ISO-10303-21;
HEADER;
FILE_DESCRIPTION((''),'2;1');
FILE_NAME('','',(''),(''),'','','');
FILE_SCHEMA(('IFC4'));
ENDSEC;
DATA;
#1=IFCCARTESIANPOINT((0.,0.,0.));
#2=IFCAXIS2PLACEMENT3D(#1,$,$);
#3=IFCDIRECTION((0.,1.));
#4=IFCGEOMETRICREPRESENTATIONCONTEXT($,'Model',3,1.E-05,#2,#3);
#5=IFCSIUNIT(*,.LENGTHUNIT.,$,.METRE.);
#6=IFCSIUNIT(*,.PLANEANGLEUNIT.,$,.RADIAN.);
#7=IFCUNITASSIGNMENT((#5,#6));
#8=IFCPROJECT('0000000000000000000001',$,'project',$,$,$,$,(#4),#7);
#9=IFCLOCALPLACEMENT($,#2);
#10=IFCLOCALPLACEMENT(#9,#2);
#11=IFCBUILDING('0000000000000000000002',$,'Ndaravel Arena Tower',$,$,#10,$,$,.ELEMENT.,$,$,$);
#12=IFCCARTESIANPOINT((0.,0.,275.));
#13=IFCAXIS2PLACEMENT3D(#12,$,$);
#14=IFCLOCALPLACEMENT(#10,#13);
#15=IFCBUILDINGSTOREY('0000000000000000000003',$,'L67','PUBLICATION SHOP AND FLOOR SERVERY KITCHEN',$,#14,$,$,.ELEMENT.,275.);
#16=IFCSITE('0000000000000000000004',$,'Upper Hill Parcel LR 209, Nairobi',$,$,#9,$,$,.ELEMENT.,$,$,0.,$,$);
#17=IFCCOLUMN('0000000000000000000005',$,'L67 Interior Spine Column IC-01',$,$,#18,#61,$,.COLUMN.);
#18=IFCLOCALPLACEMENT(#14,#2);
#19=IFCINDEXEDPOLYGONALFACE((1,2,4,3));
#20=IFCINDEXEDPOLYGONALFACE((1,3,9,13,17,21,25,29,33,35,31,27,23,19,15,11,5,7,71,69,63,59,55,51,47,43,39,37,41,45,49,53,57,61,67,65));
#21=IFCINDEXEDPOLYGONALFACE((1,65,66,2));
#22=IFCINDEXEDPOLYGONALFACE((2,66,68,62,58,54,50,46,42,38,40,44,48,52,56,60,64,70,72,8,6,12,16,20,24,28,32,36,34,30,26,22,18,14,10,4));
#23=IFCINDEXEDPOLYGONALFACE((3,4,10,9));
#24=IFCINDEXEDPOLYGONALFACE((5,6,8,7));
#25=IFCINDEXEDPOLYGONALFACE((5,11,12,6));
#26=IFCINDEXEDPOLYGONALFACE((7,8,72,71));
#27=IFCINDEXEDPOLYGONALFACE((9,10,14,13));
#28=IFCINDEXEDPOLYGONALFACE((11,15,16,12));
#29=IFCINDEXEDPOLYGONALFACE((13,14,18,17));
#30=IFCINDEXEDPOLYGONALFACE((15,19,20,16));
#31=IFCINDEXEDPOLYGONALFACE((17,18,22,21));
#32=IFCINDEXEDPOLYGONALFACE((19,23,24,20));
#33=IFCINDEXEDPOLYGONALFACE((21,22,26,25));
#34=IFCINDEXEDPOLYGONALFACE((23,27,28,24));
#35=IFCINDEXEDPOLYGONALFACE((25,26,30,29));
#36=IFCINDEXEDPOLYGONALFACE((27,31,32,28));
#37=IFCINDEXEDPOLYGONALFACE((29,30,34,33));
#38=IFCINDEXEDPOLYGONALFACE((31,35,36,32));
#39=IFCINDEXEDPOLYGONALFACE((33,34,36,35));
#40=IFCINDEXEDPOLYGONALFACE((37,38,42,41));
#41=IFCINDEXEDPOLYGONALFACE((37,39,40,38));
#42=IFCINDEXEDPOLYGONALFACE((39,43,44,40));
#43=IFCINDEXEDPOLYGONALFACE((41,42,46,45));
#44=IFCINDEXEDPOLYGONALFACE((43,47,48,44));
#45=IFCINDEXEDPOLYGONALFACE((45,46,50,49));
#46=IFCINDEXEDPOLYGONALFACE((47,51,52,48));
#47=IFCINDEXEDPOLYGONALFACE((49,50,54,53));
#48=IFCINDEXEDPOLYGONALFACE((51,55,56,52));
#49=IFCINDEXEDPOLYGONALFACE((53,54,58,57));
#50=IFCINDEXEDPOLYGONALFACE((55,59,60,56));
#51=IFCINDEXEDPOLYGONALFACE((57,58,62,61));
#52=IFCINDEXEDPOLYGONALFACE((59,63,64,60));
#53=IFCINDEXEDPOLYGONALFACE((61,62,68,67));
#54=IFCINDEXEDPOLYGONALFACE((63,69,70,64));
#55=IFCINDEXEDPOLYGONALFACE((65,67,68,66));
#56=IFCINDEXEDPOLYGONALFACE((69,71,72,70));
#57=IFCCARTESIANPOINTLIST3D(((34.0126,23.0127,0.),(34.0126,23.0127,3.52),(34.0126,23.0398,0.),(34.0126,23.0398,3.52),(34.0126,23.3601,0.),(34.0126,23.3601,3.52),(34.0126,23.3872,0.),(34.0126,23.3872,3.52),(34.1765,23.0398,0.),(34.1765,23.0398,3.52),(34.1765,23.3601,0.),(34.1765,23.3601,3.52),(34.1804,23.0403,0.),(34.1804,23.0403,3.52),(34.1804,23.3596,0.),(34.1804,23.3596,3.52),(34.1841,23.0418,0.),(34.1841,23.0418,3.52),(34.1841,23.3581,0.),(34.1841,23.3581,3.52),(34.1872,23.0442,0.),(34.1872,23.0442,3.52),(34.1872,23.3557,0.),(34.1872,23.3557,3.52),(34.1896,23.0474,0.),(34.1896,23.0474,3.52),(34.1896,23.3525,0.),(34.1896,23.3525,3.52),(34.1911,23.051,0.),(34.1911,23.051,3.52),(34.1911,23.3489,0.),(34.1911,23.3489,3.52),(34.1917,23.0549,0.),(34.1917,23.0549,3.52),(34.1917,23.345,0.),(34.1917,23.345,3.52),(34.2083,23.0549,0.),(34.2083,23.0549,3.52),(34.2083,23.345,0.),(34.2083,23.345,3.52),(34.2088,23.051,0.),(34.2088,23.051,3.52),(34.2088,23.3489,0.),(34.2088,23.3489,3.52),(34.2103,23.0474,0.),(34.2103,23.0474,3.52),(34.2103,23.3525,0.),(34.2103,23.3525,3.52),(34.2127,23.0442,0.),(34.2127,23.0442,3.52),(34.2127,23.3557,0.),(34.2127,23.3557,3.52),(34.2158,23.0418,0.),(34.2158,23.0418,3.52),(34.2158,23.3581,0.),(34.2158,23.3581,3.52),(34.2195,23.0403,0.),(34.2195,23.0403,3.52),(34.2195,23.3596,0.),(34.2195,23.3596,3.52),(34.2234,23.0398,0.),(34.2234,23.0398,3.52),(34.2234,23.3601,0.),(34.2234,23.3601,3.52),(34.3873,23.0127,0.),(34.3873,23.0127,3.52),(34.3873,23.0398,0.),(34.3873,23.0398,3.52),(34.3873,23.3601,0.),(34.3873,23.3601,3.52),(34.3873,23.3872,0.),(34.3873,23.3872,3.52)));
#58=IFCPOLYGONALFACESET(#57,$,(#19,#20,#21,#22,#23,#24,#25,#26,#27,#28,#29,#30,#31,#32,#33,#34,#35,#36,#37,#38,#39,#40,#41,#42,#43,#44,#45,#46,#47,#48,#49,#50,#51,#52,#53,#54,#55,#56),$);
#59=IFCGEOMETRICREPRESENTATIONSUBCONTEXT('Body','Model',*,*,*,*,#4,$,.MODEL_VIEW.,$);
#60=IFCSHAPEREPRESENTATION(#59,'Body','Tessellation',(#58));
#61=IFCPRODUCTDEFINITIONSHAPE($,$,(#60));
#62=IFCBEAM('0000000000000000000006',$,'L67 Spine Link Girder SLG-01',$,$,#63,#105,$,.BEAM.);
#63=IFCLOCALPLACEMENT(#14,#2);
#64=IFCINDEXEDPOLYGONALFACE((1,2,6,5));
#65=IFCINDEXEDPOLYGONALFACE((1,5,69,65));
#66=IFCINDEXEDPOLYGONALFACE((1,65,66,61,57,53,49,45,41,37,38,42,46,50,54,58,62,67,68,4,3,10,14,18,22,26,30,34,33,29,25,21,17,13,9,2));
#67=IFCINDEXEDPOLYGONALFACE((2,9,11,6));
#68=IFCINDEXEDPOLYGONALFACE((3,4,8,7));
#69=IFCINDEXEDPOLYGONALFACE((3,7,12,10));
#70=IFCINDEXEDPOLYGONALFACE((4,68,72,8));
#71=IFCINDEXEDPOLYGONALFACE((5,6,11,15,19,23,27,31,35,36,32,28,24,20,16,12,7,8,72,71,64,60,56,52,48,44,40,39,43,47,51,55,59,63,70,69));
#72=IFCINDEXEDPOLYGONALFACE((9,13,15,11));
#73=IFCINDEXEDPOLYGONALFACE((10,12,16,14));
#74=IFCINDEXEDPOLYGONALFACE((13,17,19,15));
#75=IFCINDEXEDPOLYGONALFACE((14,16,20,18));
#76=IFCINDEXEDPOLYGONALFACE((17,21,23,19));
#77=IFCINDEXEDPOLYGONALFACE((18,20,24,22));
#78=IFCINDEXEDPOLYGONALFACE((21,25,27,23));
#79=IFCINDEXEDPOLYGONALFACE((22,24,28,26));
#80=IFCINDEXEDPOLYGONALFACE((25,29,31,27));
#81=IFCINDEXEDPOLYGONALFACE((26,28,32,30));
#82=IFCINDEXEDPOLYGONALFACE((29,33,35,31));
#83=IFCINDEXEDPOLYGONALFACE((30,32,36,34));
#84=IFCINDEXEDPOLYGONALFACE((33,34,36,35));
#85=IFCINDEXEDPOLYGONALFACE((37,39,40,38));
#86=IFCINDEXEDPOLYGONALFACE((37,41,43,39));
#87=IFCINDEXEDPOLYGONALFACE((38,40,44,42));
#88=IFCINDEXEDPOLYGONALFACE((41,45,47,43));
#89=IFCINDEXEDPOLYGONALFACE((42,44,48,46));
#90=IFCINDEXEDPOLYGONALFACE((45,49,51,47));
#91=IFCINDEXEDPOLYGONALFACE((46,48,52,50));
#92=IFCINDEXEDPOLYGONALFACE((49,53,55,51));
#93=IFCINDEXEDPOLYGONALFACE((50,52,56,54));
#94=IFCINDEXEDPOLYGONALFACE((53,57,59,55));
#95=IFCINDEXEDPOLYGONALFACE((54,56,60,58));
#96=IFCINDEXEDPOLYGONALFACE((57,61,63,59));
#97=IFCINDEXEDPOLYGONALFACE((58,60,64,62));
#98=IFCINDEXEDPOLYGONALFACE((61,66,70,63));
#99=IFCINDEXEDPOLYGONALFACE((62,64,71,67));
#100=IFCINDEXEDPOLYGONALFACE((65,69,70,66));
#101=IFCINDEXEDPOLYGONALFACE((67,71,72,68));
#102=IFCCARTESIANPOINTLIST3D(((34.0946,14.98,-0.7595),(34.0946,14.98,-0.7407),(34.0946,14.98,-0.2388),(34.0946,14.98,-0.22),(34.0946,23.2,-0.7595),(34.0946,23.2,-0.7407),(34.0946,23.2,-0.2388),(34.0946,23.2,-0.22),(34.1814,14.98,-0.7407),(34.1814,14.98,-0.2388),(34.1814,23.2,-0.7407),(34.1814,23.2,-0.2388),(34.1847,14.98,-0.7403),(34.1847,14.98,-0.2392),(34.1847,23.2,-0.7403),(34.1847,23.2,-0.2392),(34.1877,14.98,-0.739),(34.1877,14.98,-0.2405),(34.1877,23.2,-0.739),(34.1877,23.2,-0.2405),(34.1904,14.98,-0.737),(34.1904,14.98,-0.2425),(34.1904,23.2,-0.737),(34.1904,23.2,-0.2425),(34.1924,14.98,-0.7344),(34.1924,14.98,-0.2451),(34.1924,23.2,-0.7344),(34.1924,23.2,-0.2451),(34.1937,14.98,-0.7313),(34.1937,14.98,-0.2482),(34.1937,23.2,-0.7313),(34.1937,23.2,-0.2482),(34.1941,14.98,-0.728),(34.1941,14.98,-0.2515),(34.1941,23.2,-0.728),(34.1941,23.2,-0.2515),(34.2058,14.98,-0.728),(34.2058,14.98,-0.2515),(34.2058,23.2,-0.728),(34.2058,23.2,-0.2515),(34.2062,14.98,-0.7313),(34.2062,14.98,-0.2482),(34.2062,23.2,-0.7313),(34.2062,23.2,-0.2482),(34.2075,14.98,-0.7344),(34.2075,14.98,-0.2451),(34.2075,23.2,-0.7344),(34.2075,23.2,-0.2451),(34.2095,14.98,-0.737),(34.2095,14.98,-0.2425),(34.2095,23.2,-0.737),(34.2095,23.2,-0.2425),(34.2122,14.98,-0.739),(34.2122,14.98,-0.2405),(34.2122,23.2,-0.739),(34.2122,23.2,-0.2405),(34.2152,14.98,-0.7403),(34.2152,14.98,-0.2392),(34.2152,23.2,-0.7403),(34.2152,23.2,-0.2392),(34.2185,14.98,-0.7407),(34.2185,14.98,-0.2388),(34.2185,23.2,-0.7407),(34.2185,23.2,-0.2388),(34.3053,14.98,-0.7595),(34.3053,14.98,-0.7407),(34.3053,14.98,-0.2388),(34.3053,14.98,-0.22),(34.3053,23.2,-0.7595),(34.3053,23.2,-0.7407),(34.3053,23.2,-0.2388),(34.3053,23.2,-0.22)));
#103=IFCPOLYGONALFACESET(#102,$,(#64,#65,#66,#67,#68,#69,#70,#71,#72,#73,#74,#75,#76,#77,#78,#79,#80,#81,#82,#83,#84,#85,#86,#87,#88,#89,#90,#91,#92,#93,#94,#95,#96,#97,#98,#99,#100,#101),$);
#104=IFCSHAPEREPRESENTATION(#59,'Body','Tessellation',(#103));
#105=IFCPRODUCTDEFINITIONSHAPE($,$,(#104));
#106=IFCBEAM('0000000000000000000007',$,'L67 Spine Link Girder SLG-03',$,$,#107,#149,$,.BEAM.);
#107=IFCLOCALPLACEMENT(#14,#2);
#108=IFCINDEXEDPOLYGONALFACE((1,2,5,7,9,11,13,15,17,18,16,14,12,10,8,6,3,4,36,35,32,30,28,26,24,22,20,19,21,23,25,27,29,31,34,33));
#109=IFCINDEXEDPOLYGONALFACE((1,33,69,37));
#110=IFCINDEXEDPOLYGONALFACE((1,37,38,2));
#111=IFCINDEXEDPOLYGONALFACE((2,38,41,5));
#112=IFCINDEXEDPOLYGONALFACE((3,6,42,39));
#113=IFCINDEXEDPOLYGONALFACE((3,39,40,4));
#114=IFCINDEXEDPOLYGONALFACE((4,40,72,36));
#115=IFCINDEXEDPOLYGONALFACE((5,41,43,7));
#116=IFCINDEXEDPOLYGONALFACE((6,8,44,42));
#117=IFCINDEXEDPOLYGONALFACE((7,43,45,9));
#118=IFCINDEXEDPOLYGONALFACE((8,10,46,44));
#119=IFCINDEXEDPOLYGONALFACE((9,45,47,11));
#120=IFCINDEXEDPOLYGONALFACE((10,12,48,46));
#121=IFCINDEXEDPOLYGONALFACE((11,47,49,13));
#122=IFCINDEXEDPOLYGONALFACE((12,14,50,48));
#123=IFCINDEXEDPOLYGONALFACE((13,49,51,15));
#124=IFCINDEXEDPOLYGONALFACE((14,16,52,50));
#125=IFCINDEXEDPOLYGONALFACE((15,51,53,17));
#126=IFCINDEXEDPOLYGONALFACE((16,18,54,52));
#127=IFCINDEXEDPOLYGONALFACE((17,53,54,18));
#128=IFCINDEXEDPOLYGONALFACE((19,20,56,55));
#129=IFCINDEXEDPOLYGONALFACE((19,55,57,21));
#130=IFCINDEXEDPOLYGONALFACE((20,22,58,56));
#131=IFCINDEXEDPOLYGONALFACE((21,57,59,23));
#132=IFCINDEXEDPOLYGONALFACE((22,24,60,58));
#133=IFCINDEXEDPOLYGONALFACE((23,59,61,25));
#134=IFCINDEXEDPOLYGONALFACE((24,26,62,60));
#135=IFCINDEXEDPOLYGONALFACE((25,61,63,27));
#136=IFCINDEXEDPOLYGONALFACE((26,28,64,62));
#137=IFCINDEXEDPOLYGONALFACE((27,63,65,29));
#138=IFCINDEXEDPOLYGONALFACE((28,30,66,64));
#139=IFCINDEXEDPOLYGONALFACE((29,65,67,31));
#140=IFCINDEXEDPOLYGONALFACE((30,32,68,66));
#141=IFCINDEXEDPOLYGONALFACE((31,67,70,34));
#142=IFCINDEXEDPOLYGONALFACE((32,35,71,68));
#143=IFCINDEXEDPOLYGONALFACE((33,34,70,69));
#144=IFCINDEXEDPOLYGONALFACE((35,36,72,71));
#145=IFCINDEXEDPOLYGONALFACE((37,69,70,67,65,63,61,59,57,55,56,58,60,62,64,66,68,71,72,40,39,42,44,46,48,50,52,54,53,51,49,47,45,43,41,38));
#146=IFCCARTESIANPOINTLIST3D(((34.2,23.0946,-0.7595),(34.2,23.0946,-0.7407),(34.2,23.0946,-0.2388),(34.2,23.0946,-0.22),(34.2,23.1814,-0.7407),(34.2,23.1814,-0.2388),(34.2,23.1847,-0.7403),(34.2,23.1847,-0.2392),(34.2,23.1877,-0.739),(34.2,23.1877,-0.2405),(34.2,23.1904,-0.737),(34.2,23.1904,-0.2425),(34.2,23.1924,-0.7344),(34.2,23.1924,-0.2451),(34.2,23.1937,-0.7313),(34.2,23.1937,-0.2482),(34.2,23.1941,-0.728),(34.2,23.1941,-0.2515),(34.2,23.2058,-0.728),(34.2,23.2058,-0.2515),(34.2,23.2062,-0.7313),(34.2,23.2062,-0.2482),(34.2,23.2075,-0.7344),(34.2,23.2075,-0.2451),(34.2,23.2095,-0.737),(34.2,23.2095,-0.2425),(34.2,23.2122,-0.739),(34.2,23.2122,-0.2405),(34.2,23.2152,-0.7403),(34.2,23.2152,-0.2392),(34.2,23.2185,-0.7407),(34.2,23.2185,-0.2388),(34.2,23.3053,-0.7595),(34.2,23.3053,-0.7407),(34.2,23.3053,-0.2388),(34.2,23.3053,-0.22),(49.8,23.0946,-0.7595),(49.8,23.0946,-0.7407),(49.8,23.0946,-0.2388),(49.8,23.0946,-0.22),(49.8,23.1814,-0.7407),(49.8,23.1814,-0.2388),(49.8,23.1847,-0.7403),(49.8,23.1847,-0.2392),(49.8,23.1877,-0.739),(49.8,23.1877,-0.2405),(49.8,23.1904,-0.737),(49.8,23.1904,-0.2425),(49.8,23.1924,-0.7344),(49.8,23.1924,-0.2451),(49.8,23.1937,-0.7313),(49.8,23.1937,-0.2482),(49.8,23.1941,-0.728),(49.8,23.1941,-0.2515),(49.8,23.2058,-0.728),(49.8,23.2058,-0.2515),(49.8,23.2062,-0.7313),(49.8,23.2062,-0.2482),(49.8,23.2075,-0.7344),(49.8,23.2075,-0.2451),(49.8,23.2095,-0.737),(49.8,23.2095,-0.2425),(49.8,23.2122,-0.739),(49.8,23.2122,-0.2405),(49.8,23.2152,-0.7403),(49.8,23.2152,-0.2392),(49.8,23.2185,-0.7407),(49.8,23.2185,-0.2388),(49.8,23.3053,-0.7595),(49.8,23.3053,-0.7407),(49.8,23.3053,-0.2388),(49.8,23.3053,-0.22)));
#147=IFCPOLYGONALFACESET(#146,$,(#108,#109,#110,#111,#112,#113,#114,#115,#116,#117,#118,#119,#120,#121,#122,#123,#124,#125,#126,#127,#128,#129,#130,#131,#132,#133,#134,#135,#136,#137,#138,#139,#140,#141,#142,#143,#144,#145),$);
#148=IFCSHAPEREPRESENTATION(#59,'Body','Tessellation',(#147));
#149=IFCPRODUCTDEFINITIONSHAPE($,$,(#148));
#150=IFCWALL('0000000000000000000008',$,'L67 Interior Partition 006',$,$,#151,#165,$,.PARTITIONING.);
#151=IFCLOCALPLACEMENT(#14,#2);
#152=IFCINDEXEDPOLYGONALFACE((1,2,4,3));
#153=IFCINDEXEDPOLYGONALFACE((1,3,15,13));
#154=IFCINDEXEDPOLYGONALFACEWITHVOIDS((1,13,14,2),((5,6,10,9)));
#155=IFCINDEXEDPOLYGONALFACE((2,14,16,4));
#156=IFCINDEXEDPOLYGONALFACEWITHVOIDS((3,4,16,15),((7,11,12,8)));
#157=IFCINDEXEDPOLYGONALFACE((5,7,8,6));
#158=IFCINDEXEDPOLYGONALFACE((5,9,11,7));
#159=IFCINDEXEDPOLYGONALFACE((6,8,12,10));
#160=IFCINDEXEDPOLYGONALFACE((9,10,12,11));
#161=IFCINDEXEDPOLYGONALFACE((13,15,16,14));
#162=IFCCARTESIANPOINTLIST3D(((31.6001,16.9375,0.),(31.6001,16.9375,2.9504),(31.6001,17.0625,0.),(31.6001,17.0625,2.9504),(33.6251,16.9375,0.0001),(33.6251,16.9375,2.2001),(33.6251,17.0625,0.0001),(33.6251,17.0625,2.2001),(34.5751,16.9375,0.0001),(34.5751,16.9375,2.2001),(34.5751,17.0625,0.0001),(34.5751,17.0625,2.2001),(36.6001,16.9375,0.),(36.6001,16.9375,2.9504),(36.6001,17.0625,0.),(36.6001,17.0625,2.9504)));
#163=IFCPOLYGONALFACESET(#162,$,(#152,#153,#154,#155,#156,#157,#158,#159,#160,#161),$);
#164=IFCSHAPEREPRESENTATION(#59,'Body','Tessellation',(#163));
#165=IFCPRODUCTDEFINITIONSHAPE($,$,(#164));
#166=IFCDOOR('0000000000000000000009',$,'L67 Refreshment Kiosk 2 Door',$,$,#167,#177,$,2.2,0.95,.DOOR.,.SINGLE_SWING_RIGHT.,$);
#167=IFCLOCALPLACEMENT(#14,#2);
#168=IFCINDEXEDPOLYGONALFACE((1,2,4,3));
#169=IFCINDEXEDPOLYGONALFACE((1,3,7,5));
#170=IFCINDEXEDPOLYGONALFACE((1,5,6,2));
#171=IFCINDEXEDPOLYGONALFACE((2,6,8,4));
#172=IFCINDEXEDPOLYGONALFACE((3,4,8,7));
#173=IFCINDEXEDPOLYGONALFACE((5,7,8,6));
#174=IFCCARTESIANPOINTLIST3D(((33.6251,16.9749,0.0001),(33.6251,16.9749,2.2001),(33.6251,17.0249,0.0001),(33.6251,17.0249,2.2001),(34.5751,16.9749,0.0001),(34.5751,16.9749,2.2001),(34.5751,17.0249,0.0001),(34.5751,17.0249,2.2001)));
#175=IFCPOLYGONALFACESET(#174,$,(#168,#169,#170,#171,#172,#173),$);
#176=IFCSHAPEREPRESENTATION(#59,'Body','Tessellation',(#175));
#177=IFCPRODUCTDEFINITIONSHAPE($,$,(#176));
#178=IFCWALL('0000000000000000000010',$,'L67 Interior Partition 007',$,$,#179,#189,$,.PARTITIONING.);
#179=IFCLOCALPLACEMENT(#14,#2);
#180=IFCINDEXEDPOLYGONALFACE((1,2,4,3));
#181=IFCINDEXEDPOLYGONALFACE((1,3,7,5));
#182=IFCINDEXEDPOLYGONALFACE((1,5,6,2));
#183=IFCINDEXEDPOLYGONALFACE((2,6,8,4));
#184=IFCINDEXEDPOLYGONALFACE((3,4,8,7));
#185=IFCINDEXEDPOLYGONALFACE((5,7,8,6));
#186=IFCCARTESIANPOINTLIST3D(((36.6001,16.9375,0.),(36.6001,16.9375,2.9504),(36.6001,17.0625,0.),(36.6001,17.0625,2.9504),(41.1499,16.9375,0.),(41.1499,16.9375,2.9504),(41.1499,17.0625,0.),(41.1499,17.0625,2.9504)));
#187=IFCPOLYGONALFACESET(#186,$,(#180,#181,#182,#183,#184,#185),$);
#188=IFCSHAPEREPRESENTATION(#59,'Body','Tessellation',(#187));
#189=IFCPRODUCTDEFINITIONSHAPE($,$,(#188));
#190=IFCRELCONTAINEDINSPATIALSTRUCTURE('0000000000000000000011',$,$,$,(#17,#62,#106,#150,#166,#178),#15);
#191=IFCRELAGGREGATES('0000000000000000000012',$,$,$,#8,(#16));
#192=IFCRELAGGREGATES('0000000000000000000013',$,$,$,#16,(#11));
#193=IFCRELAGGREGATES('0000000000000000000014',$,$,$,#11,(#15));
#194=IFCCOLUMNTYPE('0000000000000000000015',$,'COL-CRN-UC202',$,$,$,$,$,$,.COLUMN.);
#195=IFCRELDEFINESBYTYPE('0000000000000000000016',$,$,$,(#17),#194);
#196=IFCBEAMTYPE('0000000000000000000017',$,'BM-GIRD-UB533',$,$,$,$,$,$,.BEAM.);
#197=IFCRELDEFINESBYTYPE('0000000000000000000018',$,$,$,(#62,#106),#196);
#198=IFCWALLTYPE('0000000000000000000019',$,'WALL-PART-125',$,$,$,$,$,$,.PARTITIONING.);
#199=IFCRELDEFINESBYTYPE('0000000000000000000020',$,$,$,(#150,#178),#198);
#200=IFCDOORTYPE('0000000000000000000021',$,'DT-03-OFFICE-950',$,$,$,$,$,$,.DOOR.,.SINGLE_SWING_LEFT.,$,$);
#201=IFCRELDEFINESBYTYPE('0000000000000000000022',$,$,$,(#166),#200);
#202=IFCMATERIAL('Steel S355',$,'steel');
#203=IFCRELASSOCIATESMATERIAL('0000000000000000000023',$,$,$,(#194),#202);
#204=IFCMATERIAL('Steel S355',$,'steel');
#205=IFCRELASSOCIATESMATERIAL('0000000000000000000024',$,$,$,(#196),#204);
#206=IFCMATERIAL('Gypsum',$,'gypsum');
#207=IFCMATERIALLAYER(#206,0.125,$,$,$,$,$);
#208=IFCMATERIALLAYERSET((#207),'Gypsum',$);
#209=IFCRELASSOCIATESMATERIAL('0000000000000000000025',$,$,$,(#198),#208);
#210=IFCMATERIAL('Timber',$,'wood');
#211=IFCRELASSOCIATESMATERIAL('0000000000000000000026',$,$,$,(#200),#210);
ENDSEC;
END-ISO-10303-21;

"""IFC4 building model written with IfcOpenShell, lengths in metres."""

from ifc_helpers import new_model, si_unit, direction, frame, frame_2d, origin, origin_2d, place, context, subcontext, project, spatial, rectangle, i_section, extrude, material, layer, layer_set, material_profile, profile_set, type_object, element, fill, save


model = new_model("IFC4")

# Units and contexts
model_context = context("Model", 3, precision=1e-05, world=origin(), true_north=direction((0.0, 1.0)))
body_context = subcontext(model_context, "Body", "Model", "MODEL_VIEW")
ifc_project = project(units=[si_unit("LENGTHUNIT", "METRE"), si_unit("PLANEANGLEUNIT", "RADIAN")], contexts=[model_context])

# Site, building, storey
site_placement = place(None, origin())
site = spatial("IfcSite", under=ifc_project, at=site_placement, Name="Upper Hill Parcel LR 209, Nairobi", CompositionType="ELEMENT", RefElevation=0.0)
building_placement = place(site_placement, origin())
building = spatial("IfcBuilding", under=site, at=building_placement, Name="Ndaravel Arena Tower", CompositionType="ELEMENT")
storey_placement = place(building_placement, frame((0.0, 0.0, 275.0)))
storey = spatial("IfcBuildingStorey", under=building, at=storey_placement, Name="L67", Description="PUBLICATION SHOP AND FLOOR SERVERY KITCHEN", CompositionType="ELEMENT", Elevation=275.0)

# Column
ifc_material_1 = material(Name="Steel S355", Category="steel")
ifc_material_profile_1 = material_profile(ifc_material_1, i_section(OverallWidth=0.3748, OverallDepth=0.3745, WebThickness=0.0166, FlangeThickness=0.0271, FilletRadius=0.0151, at=origin_2d()), Name="UC 356x368x202")
ifc_profile_set_1 = profile_set([ifc_material_profile_1], Name="Steel S355")
column_type = type_object("IfcColumnType", Name="COL-CRN-UC202", PredefinedType="COLUMN", material=ifc_profile_set_1)
column_placement = place(storey_placement, frame((34.2, 23.2, 0.0), z_axis=(0.0, 0.0, 1.0), x_axis=(1.0, 0.0, 0.0)))
element("IfcColumn", 1, at=column_placement, inside=storey, type_object=column_type, Name="L67 Interior Spine Column IC-01", PredefinedType="COLUMN", context=body_context, shape_type="SweptSolid", body=[
    extrude(i_section(OverallWidth=0.3748, OverallDepth=0.3745, WebThickness=0.0166, FlangeThickness=0.0271, FilletRadius=0.0151, at=origin_2d()), origin(), (0.0, 0.0, 1.0), 3.52),
])

# Beams
ifc_material_2 = material(Name="Steel S355", Category="steel")
ifc_material_profile_2 = material_profile(ifc_material_2, i_section(OverallWidth=0.2107, OverallDepth=0.5396, WebThickness=0.0117, FlangeThickness=0.0188, FilletRadius=0.0127, at=origin_2d()), Name="UB 533x210x109")
ifc_profile_set_2 = profile_set([ifc_material_profile_2], Name="Steel S355")
beam_type = type_object("IfcBeamType", Name="BM-GIRD-UB533", PredefinedType="BEAM", material=ifc_profile_set_2)
beam_1_placement = place(storey_placement, frame((34.2, 14.98, -0.4897), z_axis=(0.0, 1.0, 0.0), x_axis=(-1.0, 0.0, 0.0)))
element("IfcBeam", 2, at=beam_1_placement, inside=storey, type_object=beam_type, Name="L67 Spine Link Girder SLG-01", PredefinedType="BEAM", context=body_context, shape_type="SweptSolid", body=[
    extrude(i_section(OverallWidth=0.2107, OverallDepth=0.5396, WebThickness=0.0117, FlangeThickness=0.0188, FilletRadius=0.0127, at=origin_2d()), origin(), (0.0, 0.0, 1.0), 8.22),
])
beam_2_placement = place(storey_placement, frame((34.2, 23.2, -0.4897), z_axis=(1.0, 0.0, 0.0), x_axis=(0.0, 1.0, 0.0)))
element("IfcBeam", 3, at=beam_2_placement, inside=storey, type_object=beam_type, Name="L67 Spine Link Girder SLG-03", PredefinedType="BEAM", context=body_context, shape_type="SweptSolid", body=[
    extrude(i_section(OverallWidth=0.2107, OverallDepth=0.5396, WebThickness=0.0117, FlangeThickness=0.0188, FilletRadius=0.0127, at=origin_2d()), origin(), (0.0, 0.0, 1.0), 15.6001),
])

# Wall, opening, door
ifc_material_3 = material(Name="Gypsum", Category="gypsum")
ifc_layer_1 = layer(ifc_material_3, 0.125)
ifc_layer_set_1 = layer_set([ifc_layer_1], Name="Gypsum")
wall_type_1 = type_object("IfcWallType", Name="WALL-PART-125", PredefinedType="PARTITIONING", material=ifc_layer_set_1)
wall_1_placement = place(storey_placement, frame((31.6001, 17.0, 0.0), z_axis=(0.0, 0.0, 1.0), x_axis=(1.0, 0.0, 0.0)))
wall_1 = element("IfcWall", 4, at=wall_1_placement, inside=storey, type_object=wall_type_1, Name="L67 Interior Partition 006", PredefinedType="PARTITIONING", context=body_context, shape_type="SweptSolid", body=[
    extrude(rectangle(XDim=5.0, YDim=0.125, at=frame_2d((2.5, 0.0))), origin(), (0.0, 0.0, 1.0), 2.9504),
])
opening_1_placement = place(wall_1_placement, frame((2.0249, 0.0, 0.0)))
opening_1 = element("IfcOpeningElement", 5, at=opening_1_placement, cuts=wall_1, PredefinedType="OPENING", context=body_context, shape_type="SweptSolid", body=[
    extrude(rectangle(XDim=0.95, YDim=2.2, at=frame_2d((0.4751, 1.1001))), frame((0.0, 0.0625, 0.0), z_axis=(0.0, -1.0, 0.0), x_axis=(1.0, 0.0, 0.0)), (0.0, 0.0, 1.0), 0.125),
])
ifc_material_4 = material(Name="Timber", Category="wood")
door_type = type_object("IfcDoorType", Name="DT-03-OFFICE-950", OperationType="SINGLE_SWING_LEFT", PredefinedType="DOOR", material=ifc_material_4)
door_1_placement = place(opening_1_placement, origin())
door_1 = element("IfcDoor", 6, at=door_1_placement, inside=storey, type_object=door_type, Name="L67 Refreshment Kiosk 2 Door", OperationType="SINGLE_SWING_RIGHT", OverallHeight=2.2, OverallWidth=0.95, PredefinedType="DOOR", context=body_context, shape_type="SweptSolid", body=[
    extrude(rectangle(XDim=0.95, YDim=2.2, at=frame_2d((0.4751, 1.1001))), frame((0.0, 0.0249, 0.0), z_axis=(0.0, -1.0, 0.0), x_axis=(1.0, 0.0, 0.0)), (0.0, 0.0, 1.0), 0.05),
])
fill(opening_1, door_1)

# Wall
wall_2_placement = place(storey_placement, frame((36.6001, 17.0, 0.0), z_axis=(0.0, 0.0, 1.0), x_axis=(1.0, 0.0, 0.0)))
element("IfcWall", 7, at=wall_2_placement, inside=storey, type_object=wall_type_1, Name="L67 Interior Partition 007", PredefinedType="PARTITIONING", context=body_context, shape_type="SweptSolid", body=[
    extrude(rectangle(XDim=4.5498, YDim=0.125, at=frame_2d((2.2749, 0.0))), origin(), (0.0, 0.0, 1.0), 2.9504),
])

save(model, "model.ifc")
